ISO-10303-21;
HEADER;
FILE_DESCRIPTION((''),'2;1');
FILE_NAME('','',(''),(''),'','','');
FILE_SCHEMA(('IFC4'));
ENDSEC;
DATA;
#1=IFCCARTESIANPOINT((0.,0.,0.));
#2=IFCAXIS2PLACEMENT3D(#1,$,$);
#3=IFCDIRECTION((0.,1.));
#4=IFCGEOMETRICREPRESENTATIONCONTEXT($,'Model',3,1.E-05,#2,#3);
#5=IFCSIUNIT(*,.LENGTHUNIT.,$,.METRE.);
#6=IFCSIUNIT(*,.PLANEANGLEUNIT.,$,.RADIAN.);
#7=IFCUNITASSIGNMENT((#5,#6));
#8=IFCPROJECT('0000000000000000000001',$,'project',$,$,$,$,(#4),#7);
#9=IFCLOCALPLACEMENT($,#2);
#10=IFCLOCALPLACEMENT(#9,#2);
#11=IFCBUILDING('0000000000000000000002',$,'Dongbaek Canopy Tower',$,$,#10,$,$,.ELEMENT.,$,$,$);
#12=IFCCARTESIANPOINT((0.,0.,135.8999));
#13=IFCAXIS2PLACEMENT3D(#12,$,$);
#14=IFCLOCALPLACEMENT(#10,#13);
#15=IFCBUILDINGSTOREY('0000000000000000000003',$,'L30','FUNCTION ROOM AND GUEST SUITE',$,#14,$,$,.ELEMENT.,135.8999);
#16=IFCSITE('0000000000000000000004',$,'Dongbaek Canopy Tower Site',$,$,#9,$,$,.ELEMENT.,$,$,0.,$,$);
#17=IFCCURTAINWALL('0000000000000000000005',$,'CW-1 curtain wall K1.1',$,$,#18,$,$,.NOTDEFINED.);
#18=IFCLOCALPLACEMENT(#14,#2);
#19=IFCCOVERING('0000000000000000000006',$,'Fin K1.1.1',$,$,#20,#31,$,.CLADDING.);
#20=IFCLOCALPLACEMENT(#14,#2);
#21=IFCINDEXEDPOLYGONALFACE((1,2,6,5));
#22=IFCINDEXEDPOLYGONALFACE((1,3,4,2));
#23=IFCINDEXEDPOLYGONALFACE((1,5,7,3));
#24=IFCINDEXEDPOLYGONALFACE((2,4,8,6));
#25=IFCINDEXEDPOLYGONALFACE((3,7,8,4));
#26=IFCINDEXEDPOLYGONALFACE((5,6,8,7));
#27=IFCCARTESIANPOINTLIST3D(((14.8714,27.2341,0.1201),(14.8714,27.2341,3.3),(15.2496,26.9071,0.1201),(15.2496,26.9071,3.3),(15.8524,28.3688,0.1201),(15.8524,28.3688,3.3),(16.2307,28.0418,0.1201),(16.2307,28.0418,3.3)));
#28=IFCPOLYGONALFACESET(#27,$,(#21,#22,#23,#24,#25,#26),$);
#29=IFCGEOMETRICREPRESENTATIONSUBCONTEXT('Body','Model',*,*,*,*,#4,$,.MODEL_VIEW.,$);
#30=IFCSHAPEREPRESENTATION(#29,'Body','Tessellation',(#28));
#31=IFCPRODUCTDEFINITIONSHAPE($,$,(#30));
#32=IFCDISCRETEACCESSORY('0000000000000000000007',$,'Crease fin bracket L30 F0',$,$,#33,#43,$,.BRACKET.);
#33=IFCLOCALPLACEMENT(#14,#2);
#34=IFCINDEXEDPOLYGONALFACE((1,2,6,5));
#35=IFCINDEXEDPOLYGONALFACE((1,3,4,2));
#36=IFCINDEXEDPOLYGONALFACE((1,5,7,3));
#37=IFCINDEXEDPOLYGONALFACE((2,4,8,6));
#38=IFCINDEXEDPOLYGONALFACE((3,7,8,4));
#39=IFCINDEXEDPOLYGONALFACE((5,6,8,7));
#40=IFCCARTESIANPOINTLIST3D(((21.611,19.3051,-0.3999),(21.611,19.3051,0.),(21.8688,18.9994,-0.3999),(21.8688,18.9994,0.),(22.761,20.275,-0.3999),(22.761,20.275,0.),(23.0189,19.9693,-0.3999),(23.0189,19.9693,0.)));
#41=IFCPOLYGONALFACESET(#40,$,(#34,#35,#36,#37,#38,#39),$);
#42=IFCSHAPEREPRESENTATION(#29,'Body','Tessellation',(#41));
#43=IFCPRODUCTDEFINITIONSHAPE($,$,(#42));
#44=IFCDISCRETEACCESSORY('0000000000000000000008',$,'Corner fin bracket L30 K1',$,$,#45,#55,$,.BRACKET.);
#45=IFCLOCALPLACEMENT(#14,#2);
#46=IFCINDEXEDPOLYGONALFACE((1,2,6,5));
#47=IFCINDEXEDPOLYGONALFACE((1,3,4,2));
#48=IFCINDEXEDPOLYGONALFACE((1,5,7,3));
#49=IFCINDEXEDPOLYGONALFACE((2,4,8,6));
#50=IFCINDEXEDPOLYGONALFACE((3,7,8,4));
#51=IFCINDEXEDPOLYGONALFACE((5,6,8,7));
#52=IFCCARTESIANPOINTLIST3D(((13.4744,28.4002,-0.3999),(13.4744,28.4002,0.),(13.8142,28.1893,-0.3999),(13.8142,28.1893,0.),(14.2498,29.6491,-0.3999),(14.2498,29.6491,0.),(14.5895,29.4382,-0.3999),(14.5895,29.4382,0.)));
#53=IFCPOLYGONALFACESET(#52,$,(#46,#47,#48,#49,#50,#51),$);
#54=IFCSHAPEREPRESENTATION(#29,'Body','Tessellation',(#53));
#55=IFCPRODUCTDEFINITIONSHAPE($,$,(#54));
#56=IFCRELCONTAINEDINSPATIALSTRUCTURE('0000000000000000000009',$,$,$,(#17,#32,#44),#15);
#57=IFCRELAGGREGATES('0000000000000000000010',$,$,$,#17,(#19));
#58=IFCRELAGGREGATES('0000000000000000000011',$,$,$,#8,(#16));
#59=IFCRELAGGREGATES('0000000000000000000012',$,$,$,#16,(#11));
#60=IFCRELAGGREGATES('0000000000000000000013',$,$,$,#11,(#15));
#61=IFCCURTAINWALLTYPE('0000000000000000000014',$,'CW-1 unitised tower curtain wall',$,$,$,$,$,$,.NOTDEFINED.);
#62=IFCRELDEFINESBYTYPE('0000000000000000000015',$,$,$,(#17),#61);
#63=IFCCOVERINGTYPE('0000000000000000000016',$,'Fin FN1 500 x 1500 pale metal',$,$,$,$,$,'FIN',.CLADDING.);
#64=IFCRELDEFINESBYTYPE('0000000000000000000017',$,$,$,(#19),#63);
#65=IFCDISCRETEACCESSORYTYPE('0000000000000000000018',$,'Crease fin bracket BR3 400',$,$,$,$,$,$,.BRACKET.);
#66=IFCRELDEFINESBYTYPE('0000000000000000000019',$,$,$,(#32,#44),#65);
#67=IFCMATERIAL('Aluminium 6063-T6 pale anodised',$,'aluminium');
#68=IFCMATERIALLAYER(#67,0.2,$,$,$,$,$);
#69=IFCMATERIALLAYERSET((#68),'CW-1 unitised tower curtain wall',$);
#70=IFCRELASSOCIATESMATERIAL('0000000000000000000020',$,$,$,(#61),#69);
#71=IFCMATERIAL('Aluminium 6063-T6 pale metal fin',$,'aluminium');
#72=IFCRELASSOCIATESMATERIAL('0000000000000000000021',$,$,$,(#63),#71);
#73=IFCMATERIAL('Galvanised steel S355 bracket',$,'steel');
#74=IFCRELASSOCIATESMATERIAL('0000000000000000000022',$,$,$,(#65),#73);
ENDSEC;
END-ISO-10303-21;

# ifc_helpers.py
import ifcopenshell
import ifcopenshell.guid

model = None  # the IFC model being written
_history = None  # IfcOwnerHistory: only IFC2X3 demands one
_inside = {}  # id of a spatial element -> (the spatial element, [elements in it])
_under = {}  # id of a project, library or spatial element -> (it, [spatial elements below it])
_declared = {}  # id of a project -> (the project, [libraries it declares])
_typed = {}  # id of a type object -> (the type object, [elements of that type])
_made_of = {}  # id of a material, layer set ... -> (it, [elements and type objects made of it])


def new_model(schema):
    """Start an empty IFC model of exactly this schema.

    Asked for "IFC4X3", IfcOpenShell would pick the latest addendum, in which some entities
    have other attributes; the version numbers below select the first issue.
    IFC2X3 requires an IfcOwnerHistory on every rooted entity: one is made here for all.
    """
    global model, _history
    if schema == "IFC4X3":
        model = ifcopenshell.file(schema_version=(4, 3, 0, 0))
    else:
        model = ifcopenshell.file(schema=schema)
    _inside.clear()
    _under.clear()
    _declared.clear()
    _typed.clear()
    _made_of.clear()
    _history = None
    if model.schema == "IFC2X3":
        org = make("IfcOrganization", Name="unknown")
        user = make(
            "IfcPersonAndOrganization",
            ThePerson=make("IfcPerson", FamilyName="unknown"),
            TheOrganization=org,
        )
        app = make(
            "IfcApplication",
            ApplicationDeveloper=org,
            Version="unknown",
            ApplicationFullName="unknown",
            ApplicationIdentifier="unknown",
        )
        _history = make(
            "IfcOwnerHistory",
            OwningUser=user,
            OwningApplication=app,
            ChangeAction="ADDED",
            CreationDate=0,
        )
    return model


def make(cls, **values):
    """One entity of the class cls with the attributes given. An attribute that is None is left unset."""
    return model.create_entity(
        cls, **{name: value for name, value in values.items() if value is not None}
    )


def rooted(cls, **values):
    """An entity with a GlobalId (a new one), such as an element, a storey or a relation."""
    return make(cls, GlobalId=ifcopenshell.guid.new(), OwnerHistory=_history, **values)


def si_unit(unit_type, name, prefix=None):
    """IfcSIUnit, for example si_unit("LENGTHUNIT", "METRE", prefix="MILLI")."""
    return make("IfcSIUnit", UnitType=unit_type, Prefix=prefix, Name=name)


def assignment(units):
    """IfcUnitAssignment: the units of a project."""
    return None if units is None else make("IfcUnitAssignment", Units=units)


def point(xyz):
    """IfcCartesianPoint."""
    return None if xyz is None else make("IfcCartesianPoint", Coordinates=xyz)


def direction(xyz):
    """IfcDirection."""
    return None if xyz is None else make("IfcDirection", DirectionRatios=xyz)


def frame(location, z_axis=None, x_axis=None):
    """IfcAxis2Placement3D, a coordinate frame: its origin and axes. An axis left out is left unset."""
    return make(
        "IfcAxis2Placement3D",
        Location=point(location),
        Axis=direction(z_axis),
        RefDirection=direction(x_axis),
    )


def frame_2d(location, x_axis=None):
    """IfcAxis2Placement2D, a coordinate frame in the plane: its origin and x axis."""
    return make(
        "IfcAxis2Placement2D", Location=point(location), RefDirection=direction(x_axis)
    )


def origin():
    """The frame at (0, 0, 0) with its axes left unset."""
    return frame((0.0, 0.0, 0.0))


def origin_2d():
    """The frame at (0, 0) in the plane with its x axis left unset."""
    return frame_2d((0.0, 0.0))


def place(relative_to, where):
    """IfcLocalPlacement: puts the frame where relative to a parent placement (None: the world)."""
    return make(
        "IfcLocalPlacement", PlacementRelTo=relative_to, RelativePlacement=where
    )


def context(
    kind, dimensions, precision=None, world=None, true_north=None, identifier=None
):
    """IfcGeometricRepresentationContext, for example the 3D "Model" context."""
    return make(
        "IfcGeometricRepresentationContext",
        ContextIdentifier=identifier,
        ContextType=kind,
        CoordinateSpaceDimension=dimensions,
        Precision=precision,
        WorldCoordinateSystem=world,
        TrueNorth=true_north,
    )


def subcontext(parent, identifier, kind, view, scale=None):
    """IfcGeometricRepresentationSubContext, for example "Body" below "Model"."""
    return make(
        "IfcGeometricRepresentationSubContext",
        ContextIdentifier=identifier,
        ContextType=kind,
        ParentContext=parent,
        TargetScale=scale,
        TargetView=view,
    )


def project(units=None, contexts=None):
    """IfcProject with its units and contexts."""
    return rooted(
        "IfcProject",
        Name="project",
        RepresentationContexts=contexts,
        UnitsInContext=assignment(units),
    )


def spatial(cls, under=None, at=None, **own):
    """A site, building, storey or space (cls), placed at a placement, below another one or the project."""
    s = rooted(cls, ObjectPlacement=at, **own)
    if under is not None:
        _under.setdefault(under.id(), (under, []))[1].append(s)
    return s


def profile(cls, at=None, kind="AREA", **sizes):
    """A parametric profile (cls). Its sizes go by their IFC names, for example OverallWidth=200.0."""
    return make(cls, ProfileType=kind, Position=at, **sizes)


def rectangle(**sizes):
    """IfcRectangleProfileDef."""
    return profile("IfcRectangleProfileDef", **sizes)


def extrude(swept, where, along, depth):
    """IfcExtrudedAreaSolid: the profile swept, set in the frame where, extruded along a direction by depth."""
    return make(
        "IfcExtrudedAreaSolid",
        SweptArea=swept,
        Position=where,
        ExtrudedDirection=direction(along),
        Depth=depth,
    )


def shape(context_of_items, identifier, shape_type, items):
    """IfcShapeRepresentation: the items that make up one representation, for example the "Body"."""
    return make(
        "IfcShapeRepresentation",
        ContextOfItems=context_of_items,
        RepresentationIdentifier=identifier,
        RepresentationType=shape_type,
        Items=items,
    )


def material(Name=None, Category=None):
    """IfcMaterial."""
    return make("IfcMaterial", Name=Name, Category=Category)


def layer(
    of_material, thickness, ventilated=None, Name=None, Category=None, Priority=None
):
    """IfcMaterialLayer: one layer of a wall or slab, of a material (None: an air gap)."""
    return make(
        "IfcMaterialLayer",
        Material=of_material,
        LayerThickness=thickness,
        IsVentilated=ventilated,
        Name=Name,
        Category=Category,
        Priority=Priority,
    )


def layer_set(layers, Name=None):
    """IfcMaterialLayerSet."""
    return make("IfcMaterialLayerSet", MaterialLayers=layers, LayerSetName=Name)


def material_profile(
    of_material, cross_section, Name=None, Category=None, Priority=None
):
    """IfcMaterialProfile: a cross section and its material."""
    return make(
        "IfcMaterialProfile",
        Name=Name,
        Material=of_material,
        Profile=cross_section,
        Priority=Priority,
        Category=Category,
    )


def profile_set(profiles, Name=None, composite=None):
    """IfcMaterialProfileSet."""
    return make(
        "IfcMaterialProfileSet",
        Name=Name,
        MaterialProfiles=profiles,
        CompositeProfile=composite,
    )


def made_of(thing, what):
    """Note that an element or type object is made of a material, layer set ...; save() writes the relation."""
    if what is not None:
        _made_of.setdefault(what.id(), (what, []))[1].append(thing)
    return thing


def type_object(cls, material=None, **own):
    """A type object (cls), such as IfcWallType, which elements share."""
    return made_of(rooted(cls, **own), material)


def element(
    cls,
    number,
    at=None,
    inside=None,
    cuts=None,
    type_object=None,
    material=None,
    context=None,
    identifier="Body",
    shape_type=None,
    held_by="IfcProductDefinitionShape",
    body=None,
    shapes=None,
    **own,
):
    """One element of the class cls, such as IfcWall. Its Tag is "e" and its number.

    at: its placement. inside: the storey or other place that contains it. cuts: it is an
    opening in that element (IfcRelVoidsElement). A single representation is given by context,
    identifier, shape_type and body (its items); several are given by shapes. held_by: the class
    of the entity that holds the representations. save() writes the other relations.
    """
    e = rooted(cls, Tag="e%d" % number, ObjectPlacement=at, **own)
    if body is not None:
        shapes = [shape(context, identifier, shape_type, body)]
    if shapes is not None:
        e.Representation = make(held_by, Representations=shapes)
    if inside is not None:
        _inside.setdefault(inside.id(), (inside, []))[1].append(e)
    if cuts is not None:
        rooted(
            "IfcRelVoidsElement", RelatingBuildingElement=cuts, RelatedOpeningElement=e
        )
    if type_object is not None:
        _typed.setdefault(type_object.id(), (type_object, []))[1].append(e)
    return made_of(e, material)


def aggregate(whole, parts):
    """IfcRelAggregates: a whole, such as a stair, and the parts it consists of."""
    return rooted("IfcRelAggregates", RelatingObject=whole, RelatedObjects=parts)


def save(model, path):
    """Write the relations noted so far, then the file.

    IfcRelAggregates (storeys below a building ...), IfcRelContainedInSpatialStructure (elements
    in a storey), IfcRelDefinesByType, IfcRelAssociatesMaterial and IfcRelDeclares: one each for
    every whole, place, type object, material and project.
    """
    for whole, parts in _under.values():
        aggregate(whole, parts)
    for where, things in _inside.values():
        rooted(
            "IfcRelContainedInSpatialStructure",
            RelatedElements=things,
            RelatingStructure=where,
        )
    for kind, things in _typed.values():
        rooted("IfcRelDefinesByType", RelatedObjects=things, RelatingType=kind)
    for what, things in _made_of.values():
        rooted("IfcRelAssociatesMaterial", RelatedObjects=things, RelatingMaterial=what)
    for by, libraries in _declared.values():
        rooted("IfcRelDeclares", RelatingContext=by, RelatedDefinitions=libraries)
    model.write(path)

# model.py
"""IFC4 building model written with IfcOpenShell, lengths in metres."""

from ifc_helpers import new_model, si_unit, direction, frame, origin, origin_2d, place, context, subcontext, project, spatial, rectangle, extrude, material, layer, layer_set, material_profile, profile_set, type_object, element, aggregate, save


model = new_model("IFC4")

# Units and contexts
model_context = context("Model", 3, precision=1e-05, world=origin(), true_north=direction((0.0, 1.0)))
body_context = subcontext(model_context, "Body", "Model", "MODEL_VIEW")
ifc_project = project(units=[si_unit("LENGTHUNIT", "METRE"), si_unit("PLANEANGLEUNIT", "RADIAN")], contexts=[model_context])

# Site, building, storey
site_placement = place(None, origin())
site = spatial("IfcSite", under=ifc_project, at=site_placement, Name="Dongbaek Canopy Tower Site", CompositionType="ELEMENT", RefElevation=0.0)
building_placement = place(site_placement, origin())
building = spatial("IfcBuilding", under=site, at=building_placement, Name="Dongbaek Canopy Tower", CompositionType="ELEMENT")
storey_placement = place(building_placement, frame((0.0, 0.0, 135.8999)))
storey = spatial("IfcBuildingStorey", under=building, at=storey_placement, Name="L30", Description="FUNCTION ROOM AND GUEST SUITE", CompositionType="ELEMENT", Elevation=135.8999)

# Shared definitions
ifc_material_1 = material(Name="Aluminium 6063-T6 pale anodised", Category="aluminium")
ifc_layer_1 = layer(ifc_material_1, 0.2)
ifc_layer_set_1 = layer_set([ifc_layer_1], Name="CW-1 unitised tower curtain wall")
curtain_wall_type = type_object("IfcCurtainWallType", Name="CW-1 unitised tower curtain wall", PredefinedType="NOTDEFINED", material=ifc_layer_set_1)

# Curtain wall
curtain_wall_1_placement = place(storey_placement, origin())
curtain_wall_1 = element("IfcCurtainWall", 1, at=curtain_wall_1_placement, inside=storey, type_object=curtain_wall_type, Name="CW-1 curtain wall K1.1", PredefinedType="NOTDEFINED")

# Covering
ifc_material_2 = material(Name="Aluminium 6063-T6 pale metal fin", Category="aluminium")
ifc_material_profile_1 = material_profile(ifc_material_2, rectangle(XDim=1.5, YDim=0.5, at=origin_2d()), Name="Fin FN1 500 x 1500 pale metal")
ifc_profile_set_1 = profile_set([ifc_material_profile_1], Name="Aluminium 6063-T6 pale metal fin")
covering_type_1 = type_object("IfcCoveringType", Name="Fin FN1 500 x 1500 pale metal", ElementType="FIN", PredefinedType="CLADDING", material=ifc_profile_set_1)
covering_1_placement = place(storey_placement, frame((15.551, 27.6379, 0.1201), z_axis=(0.0, 0.0, 1.0), x_axis=(0.654014, 0.756482, 0.0)))
covering_1 = element("IfcCovering", 2, at=covering_1_placement, type_object=covering_type_1, Name="Fin K1.1.1", PredefinedType="CLADDING", context=body_context, shape_type="SweptSolid", body=[
    extrude(rectangle(XDim=1.5, YDim=0.5, at=origin_2d()), origin(), (0.0, 0.0, 1.0), 3.1799),
])
aggregate(curtain_wall_1, [covering_1])

# Discrete accessories
ifc_material_3 = material(Name="Galvanised steel S355 bracket", Category="steel")
discrete_accessory_type = type_object("IfcDiscreteAccessoryType", Name="Crease fin bracket BR3 400", PredefinedType="BRACKET", material=ifc_material_3)
discrete_accessory_1_placement = place(storey_placement, frame((22.3149, 19.6372, -0.3999), z_axis=(0.0, 0.0, 1.0), x_axis=(0.764439, 0.644696, 0.0)))
element("IfcDiscreteAccessory", 3, at=discrete_accessory_1_placement, inside=storey, type_object=discrete_accessory_type, Name="Crease fin bracket L30 F0", PredefinedType="BRACKET", context=body_context, shape_type="SweptSolid", body=[
    extrude(rectangle(XDim=1.5044, YDim=0.3999, at=origin_2d()), origin(), (0.0, 0.0, 1.0), 0.3999),
])
discrete_accessory_2_placement = place(storey_placement, frame((14.032, 28.9192, -0.3999), z_axis=(0.0, 0.0, 1.0), x_axis=(0.527441, 0.849592, 0.0)))
element("IfcDiscreteAccessory", 4, at=discrete_accessory_2_placement, inside=storey, type_object=discrete_accessory_type, Name="Corner fin bracket L30 K1", PredefinedType="BRACKET", context=body_context, shape_type="SweptSolid", body=[
    extrude(rectangle(XDim=1.47, YDim=0.3999, at=origin_2d()), origin(), (0.0, 0.0, 1.0), 0.3999),
])

save(model, "model.ifc")
